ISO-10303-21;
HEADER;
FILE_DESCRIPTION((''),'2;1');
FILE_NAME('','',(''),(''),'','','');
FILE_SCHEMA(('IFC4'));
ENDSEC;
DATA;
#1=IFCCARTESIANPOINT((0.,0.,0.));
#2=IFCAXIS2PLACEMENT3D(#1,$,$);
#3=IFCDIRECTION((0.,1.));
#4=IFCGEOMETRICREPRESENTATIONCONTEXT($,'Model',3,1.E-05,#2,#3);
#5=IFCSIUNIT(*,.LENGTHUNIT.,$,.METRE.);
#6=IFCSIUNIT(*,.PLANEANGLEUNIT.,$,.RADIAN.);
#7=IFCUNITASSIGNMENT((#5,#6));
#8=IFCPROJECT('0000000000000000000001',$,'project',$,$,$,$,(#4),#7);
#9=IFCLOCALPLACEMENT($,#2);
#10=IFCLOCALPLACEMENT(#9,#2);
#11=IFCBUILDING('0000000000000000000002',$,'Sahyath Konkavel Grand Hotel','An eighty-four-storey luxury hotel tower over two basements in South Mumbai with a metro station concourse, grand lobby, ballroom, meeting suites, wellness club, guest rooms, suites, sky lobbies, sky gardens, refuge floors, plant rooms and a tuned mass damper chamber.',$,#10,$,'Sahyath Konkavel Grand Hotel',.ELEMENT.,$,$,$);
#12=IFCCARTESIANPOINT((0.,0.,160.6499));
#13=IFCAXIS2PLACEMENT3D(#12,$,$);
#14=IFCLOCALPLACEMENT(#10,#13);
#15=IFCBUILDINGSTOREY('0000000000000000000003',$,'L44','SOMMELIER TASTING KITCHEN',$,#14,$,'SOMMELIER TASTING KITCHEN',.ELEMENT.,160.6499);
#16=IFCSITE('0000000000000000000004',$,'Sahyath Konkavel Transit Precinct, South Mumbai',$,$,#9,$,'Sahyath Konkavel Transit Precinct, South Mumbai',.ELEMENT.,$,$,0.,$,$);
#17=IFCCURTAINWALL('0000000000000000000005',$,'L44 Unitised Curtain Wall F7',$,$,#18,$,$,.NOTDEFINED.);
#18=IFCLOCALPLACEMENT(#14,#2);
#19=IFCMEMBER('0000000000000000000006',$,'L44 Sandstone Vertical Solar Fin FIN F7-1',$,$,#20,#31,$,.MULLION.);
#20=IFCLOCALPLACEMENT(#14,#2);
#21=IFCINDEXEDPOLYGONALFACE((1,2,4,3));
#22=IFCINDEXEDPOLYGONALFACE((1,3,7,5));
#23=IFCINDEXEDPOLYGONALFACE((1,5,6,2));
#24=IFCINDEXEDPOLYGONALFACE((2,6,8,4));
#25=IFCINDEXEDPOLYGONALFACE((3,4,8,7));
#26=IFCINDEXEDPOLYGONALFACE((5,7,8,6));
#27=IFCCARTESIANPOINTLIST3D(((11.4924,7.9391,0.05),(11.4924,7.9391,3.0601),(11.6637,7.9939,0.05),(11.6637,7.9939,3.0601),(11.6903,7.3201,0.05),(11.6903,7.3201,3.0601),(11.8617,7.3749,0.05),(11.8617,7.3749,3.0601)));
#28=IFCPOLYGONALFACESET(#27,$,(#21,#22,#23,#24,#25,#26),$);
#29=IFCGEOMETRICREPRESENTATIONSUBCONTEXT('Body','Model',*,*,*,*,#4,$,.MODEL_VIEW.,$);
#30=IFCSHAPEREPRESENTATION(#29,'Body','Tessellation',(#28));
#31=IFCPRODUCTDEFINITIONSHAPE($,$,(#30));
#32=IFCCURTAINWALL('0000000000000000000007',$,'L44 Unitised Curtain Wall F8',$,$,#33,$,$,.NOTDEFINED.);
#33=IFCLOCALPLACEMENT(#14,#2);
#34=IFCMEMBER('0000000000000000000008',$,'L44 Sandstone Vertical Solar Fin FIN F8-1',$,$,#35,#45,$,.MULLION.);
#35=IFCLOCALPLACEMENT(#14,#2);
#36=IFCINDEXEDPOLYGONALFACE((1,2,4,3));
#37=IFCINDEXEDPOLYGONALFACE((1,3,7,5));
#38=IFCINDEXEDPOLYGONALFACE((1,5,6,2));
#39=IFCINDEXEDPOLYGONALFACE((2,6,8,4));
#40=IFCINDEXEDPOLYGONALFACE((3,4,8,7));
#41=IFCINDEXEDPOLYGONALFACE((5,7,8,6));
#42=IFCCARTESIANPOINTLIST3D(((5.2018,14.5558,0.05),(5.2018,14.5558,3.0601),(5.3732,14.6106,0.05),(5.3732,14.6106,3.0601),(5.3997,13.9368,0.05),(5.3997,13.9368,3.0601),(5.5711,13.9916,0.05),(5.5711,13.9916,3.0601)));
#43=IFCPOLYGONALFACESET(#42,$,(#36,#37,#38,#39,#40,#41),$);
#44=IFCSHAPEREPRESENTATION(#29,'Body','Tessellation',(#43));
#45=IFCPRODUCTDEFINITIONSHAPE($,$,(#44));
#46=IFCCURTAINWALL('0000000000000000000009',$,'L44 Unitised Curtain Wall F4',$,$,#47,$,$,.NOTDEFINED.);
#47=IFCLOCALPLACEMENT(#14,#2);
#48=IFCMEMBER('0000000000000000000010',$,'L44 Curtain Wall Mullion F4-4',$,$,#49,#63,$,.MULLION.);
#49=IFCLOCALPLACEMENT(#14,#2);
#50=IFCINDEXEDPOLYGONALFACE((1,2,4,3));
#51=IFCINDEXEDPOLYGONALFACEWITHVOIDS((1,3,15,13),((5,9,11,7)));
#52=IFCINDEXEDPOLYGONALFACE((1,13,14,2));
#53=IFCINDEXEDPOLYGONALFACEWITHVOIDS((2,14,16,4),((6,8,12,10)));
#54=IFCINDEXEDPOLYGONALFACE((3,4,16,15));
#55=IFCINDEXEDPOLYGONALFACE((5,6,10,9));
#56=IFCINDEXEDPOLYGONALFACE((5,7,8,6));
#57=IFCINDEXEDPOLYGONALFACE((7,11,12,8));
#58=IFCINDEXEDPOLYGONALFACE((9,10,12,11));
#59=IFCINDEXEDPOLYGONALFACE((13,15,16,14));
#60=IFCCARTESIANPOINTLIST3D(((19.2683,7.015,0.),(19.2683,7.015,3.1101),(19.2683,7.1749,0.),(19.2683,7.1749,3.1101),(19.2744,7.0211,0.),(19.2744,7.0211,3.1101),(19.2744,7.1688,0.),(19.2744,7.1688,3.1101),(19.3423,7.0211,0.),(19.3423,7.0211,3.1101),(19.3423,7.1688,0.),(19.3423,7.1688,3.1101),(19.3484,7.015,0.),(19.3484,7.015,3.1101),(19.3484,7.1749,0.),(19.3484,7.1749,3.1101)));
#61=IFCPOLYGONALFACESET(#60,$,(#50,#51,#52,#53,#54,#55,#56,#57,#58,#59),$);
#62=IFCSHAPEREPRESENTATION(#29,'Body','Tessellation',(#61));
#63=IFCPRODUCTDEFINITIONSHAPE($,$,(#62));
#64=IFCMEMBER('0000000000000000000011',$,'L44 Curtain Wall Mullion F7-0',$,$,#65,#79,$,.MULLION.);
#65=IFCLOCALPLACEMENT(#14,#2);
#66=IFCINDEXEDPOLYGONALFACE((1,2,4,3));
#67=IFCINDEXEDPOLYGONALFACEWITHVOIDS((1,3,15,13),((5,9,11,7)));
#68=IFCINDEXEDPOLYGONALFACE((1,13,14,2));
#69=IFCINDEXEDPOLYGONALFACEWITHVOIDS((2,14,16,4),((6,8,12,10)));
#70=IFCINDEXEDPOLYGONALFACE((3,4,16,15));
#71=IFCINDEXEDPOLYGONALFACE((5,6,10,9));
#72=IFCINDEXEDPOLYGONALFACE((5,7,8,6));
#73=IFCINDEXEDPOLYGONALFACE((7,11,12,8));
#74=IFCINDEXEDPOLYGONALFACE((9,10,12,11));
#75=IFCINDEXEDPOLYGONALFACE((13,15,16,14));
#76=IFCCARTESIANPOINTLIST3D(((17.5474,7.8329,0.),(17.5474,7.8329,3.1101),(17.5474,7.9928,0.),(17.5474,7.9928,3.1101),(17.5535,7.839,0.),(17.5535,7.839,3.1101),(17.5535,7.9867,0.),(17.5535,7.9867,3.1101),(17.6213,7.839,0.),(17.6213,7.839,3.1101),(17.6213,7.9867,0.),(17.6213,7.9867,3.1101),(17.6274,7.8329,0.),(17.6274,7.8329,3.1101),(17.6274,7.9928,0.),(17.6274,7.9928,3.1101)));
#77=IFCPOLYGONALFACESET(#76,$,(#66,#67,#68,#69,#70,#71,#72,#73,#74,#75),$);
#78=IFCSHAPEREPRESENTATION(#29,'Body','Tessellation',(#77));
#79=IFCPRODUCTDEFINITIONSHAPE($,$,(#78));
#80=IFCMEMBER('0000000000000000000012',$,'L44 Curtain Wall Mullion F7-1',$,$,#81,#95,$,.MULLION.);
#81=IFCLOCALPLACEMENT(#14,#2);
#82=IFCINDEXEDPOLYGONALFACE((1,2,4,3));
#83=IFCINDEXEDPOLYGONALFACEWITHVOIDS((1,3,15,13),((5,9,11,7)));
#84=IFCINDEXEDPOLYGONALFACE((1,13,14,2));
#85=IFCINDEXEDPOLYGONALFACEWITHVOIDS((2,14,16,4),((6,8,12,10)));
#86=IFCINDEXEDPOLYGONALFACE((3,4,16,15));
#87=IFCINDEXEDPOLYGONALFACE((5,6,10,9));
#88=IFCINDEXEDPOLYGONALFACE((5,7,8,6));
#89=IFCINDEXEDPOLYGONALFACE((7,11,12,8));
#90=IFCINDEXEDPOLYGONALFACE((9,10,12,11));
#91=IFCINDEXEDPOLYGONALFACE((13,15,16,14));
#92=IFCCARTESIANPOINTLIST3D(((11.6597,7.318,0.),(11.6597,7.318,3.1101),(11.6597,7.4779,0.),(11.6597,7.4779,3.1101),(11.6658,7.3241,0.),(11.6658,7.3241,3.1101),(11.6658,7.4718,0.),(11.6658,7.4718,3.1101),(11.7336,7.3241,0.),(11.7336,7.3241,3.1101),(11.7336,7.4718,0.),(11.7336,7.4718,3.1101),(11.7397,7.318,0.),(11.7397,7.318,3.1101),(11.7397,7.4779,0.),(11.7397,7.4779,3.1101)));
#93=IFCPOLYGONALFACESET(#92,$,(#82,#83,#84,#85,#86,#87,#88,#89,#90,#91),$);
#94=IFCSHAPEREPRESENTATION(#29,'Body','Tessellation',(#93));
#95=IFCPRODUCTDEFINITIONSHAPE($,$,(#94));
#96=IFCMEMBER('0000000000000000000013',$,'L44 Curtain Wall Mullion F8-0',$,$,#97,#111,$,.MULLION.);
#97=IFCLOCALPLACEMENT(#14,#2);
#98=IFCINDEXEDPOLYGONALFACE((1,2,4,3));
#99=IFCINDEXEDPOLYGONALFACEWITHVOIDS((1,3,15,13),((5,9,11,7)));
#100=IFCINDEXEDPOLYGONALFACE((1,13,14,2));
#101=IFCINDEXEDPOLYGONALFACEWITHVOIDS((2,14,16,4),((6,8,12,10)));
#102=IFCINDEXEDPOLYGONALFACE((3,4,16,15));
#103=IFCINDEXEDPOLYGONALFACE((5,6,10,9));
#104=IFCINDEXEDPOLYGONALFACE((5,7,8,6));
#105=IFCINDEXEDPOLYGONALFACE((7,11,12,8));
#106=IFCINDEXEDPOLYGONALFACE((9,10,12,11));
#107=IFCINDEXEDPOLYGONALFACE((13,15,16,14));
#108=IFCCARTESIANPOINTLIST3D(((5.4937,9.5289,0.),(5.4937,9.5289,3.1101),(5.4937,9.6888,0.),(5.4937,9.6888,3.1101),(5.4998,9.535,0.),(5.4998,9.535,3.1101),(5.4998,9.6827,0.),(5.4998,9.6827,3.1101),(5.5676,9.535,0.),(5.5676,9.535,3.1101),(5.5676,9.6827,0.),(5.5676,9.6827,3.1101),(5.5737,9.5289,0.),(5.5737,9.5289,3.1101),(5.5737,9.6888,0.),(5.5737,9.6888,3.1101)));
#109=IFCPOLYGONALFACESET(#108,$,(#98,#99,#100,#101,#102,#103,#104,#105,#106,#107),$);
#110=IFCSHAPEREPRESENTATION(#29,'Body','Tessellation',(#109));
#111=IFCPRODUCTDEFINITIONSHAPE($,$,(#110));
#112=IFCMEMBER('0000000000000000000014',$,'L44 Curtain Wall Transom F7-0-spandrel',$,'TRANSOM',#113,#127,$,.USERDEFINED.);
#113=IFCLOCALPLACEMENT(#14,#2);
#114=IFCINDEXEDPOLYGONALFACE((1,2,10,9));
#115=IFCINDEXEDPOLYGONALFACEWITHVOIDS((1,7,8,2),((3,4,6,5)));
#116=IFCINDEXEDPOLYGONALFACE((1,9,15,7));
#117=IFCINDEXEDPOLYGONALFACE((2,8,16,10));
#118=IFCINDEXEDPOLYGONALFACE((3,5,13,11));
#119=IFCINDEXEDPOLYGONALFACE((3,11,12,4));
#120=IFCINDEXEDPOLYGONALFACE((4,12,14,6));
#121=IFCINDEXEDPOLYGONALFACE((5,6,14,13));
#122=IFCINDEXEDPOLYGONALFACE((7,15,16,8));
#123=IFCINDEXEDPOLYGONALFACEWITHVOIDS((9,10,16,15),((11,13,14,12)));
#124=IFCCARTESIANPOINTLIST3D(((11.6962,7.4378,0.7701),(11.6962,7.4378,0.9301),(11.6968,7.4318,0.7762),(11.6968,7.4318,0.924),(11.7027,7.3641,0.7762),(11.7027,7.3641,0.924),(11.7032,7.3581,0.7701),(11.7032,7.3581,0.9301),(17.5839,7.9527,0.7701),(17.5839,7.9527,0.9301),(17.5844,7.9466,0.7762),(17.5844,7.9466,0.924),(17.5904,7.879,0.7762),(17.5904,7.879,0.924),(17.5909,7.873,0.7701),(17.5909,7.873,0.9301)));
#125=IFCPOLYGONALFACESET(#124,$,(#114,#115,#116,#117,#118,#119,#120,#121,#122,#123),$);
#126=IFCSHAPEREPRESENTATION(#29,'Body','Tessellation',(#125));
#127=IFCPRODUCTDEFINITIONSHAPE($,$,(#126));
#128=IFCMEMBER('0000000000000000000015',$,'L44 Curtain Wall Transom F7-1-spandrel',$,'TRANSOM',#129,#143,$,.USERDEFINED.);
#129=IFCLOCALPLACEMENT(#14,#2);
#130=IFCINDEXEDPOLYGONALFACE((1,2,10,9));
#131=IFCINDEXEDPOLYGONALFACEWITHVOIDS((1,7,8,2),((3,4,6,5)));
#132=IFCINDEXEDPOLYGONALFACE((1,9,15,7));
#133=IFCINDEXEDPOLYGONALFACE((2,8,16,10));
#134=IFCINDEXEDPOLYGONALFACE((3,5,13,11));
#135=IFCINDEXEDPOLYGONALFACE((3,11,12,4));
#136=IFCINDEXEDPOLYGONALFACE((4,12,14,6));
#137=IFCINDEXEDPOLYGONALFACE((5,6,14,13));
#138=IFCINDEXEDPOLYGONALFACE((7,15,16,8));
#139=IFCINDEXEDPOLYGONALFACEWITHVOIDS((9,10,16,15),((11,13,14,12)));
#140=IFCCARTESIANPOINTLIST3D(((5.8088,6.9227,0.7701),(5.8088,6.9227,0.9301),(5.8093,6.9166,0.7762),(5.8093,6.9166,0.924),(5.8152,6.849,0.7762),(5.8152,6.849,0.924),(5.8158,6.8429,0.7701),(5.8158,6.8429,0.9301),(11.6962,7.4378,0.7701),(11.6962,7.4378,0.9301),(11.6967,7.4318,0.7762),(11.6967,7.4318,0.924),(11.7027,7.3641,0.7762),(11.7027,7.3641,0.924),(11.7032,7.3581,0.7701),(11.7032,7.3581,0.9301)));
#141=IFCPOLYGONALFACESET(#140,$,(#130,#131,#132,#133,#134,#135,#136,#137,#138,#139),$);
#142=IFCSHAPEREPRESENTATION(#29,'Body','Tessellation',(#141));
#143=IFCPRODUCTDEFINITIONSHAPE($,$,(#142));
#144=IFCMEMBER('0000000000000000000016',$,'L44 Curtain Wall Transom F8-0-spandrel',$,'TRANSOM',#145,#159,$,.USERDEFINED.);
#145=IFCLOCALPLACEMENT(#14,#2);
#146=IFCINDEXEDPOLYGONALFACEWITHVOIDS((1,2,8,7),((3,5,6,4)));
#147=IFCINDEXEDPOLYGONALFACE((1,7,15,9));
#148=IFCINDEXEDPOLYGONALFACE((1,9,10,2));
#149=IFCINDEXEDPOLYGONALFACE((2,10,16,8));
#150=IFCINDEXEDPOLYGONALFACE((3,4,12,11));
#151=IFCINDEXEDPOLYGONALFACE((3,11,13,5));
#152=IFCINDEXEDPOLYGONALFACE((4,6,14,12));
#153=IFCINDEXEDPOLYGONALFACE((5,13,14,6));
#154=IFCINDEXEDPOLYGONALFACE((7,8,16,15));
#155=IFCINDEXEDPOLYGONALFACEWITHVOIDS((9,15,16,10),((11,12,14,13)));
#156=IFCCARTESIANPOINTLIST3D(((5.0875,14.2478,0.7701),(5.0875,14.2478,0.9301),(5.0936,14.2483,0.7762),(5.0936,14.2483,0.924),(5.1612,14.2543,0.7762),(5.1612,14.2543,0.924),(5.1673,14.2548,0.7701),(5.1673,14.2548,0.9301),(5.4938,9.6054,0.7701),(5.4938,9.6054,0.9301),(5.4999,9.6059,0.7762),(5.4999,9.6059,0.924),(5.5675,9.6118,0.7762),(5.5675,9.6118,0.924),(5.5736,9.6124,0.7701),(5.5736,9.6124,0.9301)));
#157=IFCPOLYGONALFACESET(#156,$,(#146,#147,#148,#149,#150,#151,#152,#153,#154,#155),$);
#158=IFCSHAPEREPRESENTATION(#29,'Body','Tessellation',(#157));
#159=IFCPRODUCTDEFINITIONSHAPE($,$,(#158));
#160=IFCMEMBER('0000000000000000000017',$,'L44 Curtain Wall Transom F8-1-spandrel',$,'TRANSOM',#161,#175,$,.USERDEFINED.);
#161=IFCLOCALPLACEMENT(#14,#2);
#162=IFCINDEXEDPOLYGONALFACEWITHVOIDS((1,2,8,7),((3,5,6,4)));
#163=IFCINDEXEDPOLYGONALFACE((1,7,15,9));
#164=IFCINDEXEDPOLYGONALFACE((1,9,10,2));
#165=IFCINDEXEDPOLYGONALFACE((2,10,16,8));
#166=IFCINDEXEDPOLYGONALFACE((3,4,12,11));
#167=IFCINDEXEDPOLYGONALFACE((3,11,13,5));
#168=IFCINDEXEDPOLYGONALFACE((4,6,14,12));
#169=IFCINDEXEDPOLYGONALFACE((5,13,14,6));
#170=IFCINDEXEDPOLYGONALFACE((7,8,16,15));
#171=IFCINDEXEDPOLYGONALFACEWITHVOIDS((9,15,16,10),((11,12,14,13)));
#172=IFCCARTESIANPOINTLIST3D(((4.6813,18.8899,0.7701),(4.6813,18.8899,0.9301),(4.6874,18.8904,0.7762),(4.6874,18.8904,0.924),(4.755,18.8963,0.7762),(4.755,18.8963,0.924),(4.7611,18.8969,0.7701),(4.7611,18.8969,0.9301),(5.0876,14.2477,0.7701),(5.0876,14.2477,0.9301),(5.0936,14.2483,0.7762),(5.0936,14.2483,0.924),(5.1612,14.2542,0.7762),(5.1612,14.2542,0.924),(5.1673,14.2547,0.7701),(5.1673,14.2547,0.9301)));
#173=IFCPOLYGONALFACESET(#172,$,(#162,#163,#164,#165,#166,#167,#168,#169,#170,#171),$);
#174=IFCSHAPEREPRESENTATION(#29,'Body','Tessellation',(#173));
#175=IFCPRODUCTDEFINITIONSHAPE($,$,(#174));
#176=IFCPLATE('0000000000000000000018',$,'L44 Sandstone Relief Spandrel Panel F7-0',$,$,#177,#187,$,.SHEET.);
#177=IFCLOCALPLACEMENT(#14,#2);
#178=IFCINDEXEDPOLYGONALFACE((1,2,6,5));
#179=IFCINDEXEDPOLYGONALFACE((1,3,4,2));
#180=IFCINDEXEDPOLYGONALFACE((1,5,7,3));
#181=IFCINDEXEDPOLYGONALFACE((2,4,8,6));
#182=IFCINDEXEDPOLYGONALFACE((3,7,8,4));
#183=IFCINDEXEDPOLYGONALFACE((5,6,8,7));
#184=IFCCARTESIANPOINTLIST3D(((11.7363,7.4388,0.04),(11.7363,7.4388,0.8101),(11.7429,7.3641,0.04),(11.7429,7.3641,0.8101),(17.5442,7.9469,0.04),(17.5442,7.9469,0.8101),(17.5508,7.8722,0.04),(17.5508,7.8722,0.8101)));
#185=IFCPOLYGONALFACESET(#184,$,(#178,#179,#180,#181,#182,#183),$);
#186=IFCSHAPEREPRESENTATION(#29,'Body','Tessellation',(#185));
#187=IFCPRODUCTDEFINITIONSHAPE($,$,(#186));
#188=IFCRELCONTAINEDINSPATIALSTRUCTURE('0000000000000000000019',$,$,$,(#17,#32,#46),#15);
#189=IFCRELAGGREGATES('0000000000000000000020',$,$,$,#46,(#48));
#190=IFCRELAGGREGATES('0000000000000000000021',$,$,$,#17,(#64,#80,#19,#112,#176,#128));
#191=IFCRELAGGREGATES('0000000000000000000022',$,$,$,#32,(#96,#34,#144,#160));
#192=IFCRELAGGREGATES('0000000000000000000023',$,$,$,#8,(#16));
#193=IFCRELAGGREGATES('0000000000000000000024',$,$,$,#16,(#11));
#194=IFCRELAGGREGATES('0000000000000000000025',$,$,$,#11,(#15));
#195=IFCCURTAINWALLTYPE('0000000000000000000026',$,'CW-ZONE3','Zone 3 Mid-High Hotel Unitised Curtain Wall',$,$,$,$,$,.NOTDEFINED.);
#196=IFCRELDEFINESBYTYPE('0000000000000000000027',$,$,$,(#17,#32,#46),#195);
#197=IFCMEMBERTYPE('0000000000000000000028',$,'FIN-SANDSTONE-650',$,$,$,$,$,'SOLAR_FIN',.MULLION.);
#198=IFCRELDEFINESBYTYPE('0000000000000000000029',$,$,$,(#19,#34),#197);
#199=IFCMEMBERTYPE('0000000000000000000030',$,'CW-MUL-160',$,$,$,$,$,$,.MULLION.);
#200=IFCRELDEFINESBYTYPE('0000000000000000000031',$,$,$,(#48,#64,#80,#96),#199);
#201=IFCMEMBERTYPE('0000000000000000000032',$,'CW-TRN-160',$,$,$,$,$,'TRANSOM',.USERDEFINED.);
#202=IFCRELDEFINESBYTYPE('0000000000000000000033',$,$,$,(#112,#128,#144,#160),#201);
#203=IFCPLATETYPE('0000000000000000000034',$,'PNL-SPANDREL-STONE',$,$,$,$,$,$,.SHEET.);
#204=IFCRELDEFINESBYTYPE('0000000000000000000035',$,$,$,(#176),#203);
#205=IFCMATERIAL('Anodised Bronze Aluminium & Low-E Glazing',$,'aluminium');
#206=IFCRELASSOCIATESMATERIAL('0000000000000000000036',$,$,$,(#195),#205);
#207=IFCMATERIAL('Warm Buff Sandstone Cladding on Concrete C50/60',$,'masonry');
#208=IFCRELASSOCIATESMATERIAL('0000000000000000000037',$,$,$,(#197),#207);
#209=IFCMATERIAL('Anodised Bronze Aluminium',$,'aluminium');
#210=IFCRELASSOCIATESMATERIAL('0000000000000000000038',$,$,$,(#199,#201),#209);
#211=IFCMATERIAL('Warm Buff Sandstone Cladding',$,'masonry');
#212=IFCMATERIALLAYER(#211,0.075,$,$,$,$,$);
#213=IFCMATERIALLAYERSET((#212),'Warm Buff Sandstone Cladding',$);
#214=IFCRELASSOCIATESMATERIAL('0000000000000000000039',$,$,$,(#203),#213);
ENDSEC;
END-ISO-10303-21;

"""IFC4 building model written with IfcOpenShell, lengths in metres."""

from ifc_helpers import new_model, si_unit, direction, frame, origin, origin_2d, place, context, subcontext, project, spatial, rectangle, hollow_rectangle, extrude, source, transform, mapped, material, layer, layer_set, material_profile, profile_set, type_object, element, aggregate, save


model = new_model("IFC4")

# Units and contexts
model_context = context("Model", 3, precision=1e-05, world=origin(), true_north=direction((0.0, 1.0)))
body_context = subcontext(model_context, "Body", "Model", "MODEL_VIEW")
ifc_project = project(units=[si_unit("LENGTHUNIT", "METRE"), si_unit("PLANEANGLEUNIT", "RADIAN")], contexts=[model_context])

# Site, building, storey
site_placement = place(None, origin())
site = spatial("IfcSite", under=ifc_project, at=site_placement, Name="Sahyath Konkavel Transit Precinct, South Mumbai", LongName="Sahyath Konkavel Transit Precinct, South Mumbai", CompositionType="ELEMENT", RefElevation=0.0)
building_placement = place(site_placement, origin())
building = spatial("IfcBuilding", under=site, at=building_placement, Name="Sahyath Konkavel Grand Hotel", Description="An eighty-four-storey luxury hotel tower over two basements in South Mumbai with a metro station concourse, grand lobby, ballroom, meeting suites, wellness club, guest rooms, suites, sky lobbies, sky gardens, refuge floors, plant rooms and a tuned mass damper chamber.", LongName="Sahyath Konkavel Grand Hotel", CompositionType="ELEMENT")
storey_placement = place(building_placement, frame((0.0, 0.0, 160.6499)))
storey = spatial("IfcBuildingStorey", under=building, at=storey_placement, Name="L44", Description="SOMMELIER TASTING KITCHEN", LongName="SOMMELIER TASTING KITCHEN", CompositionType="ELEMENT", Elevation=160.6499)

# Curtain walls, members
ifc_material_1 = material(Name="Anodised Bronze Aluminium & Low-E Glazing", Category="aluminium")
curtain_wall_type = type_object("IfcCurtainWallType", Name="CW-ZONE3", Description="Zone 3 Mid-High Hotel Unitised Curtain Wall", PredefinedType="NOTDEFINED", material=ifc_material_1)
curtain_wall_1_placement = place(storey_placement, origin())
curtain_wall_1 = element("IfcCurtainWall", 1, at=curtain_wall_1_placement, inside=storey, type_object=curtain_wall_type, Name="L44 Unitised Curtain Wall F7", PredefinedType="NOTDEFINED")
ifc_material_2 = material(Name="Warm Buff Sandstone Cladding on Concrete C50/60", Category="masonry")
ifc_material_profile_1 = material_profile(ifc_material_2, rectangle(XDim=0.1799, YDim=0.6499, at=origin_2d()), Name="FIN 180x650")
ifc_profile_set_1 = profile_set([ifc_material_profile_1], Name="Warm Buff Sandstone Cladding on Concrete C50/60")
member_type_1 = type_object("IfcMemberType", Name="FIN-SANDSTONE-650", ElementType="SOLAR_FIN", PredefinedType="MULLION", material=ifc_profile_set_1)
shared_shape_1 = source(origin(), body_context, "Body", "SweptSolid", [
    extrude(rectangle(XDim=0.1799, YDim=0.6499, at=origin_2d()), origin(), (0.0, 0.0, 1.0), 3.01),
])
member_1_placement = place(storey_placement, frame((11.677, 7.657, 0.05), z_axis=(0.0, 0.0, 1.0), x_axis=(0.952502, 0.304532, 0.0)))
member_1 = element("IfcMember", 2, at=member_1_placement, type_object=member_type_1, Name="L44 Sandstone Vertical Solar Fin FIN F7-1", PredefinedType="MULLION", context=body_context, shape_type="MappedRepresentation", body=[
    mapped(shared_shape_1, transform((0.0, 0.0, 0.0), scale=1.0)),
])
curtain_wall_2_placement = place(storey_placement, origin())
curtain_wall_2 = element("IfcCurtainWall", 3, at=curtain_wall_2_placement, inside=storey, type_object=curtain_wall_type, Name="L44 Unitised Curtain Wall F8", PredefinedType="NOTDEFINED")
member_2_placement = place(storey_placement, frame((5.3865, 14.2737, 0.05), z_axis=(0.0, 0.0, 1.0), x_axis=(0.952502, 0.304532, 0.0)))
member_2 = element("IfcMember", 4, at=member_2_placement, type_object=member_type_1, Name="L44 Sandstone Vertical Solar Fin FIN F8-1", PredefinedType="MULLION", context=body_context, shape_type="MappedRepresentation", body=[
    mapped(shared_shape_1, transform((0.0, 0.0, 0.0), scale=1.0)),
])
curtain_wall_3_placement = place(storey_placement, origin())
curtain_wall_3 = element("IfcCurtainWall", 5, at=curtain_wall_3_placement, inside=storey, type_object=curtain_wall_type, Name="L44 Unitised Curtain Wall F4", PredefinedType="NOTDEFINED")
ifc_material_3 = material(Name="Anodised Bronze Aluminium", Category="aluminium")
ifc_material_profile_2 = material_profile(ifc_material_3, hollow_rectangle(XDim=0.0801, YDim=0.1599, WallThickness=0.0061, at=origin_2d()), Name="RHS 160x80x6")
ifc_profile_set_2 = profile_set([ifc_material_profile_2], Name="Anodised Bronze Aluminium")
member_type_2 = type_object("IfcMemberType", Name="CW-MUL-160", PredefinedType="MULLION", material=ifc_profile_set_2)
shared_shape_2 = source(origin(), body_context, "Body", "SweptSolid", [
    extrude(hollow_rectangle(XDim=0.0801, YDim=0.1599, WallThickness=0.0061, at=origin_2d()), origin(), (0.0, 0.0, 1.0), 3.1101),
])
member_3_placement = place(storey_placement, frame((19.3083, 7.095, 0.0), z_axis=(0.0, 0.0, 1.0), x_axis=(1.0, 0.0, 0.0)))
member_3 = element("IfcMember", 6, at=member_3_placement, type_object=member_type_2, Name="L44 Curtain Wall Mullion F4-4", PredefinedType="MULLION", context=body_context, shape_type="MappedRepresentation", body=[
    mapped(shared_shape_2, transform((0.0, 0.0, 0.0), scale=1.0)),
])
aggregate(curtain_wall_3, [member_3])

# Members
member_4_placement = place(storey_placement, frame((17.5874, 7.9128, 0.0), z_axis=(0.0, 0.0, 1.0), x_axis=(1.0, 0.0, 0.0)))
member_4 = element("IfcMember", 7, at=member_4_placement, type_object=member_type_2, Name="L44 Curtain Wall Mullion F7-0", PredefinedType="MULLION", context=body_context, shape_type="MappedRepresentation", body=[
    mapped(shared_shape_2, transform((0.0, 0.0, 0.0), scale=1.0)),
])
member_5_placement = place(storey_placement, frame((11.6997, 7.3979, 0.0), z_axis=(0.0, 0.0, 1.0), x_axis=(1.0, 0.0, 0.0)))
member_5 = element("IfcMember", 8, at=member_5_placement, type_object=member_type_2, Name="L44 Curtain Wall Mullion F7-1", PredefinedType="MULLION", context=body_context, shape_type="MappedRepresentation", body=[
    mapped(shared_shape_2, transform((0.0, 0.0, 0.0), scale=1.0)),
])
member_6_placement = place(storey_placement, frame((5.5337, 9.6089, 0.0), z_axis=(0.0, 0.0, 1.0), x_axis=(1.0, 0.0, 0.0)))
member_6 = element("IfcMember", 9, at=member_6_placement, type_object=member_type_2, Name="L44 Curtain Wall Mullion F8-0", PredefinedType="MULLION", context=body_context, shape_type="MappedRepresentation", body=[
    mapped(shared_shape_2, transform((0.0, 0.0, 0.0), scale=1.0)),
])
ifc_material_profile_3 = material_profile(ifc_material_3, hollow_rectangle(XDim=0.0801, YDim=0.1599, WallThickness=0.0061, at=origin_2d()), Name="RHS 160x80x6")
ifc_profile_set_3 = profile_set([ifc_material_profile_3], Name="Anodised Bronze Aluminium")
member_type_3 = type_object("IfcMemberType", Name="CW-TRN-160", ElementType="TRANSOM", PredefinedType="USERDEFINED", material=ifc_profile_set_3)
shared_shape_3 = source(origin(), body_context, "Body", "SweptSolid", [
    extrude(hollow_rectangle(XDim=0.0801, YDim=0.1599, WallThickness=0.0061, at=origin_2d()), origin(), (0.0, 0.0, 1.0), 5.9102),
])
member_7_placement = place(storey_placement, frame((17.5874, 7.9128, 0.8501), z_axis=(-0.996198, -0.08712, 0.0), x_axis=(0.08712, -0.996198, 0.0)))
member_7 = element("IfcMember", 10, at=member_7_placement, type_object=member_type_3, Name="L44 Curtain Wall Transom F7-0-spandrel", ObjectType="TRANSOM", PredefinedType="USERDEFINED", context=body_context, shape_type="MappedRepresentation", body=[
    mapped(shared_shape_3, transform((0.0, 0.0, 0.0), scale=1.0)),
])
shared_shape_4 = source(origin(), body_context, "Body", "SweptSolid", [
    extrude(hollow_rectangle(XDim=0.0801, YDim=0.1599, WallThickness=0.0061, at=origin_2d()), origin(), (0.0, 0.0, 1.0), 5.9099),
])
member_8_placement = place(storey_placement, frame((11.6997, 7.3979, 0.8501), z_axis=(-0.996194, -0.087164, 0.0), x_axis=(0.087164, -0.996194, 0.0)))
member_8 = element("IfcMember", 11, at=member_8_placement, type_object=member_type_3, Name="L44 Curtain Wall Transom F7-1-spandrel", ObjectType="TRANSOM", PredefinedType="USERDEFINED", context=body_context, shape_type="MappedRepresentation", body=[
    mapped(shared_shape_4, transform((0.0, 0.0, 0.0), scale=1.0)),
])
shared_shape_5 = source(origin(), body_context, "Body", "SweptSolid", [
    extrude(hollow_rectangle(XDim=0.0801, YDim=0.1599, WallThickness=0.0061, at=origin_2d()), origin(), (0.0, 0.0, 1.0), 4.6602),
])
member_9_placement = place(storey_placement, frame((5.5337, 9.6089, 0.8501), z_axis=(-0.087177, 0.996193, 0.0), x_axis=(-0.996193, -0.087177, 0.0)))
member_9 = element("IfcMember", 12, at=member_9_placement, type_object=member_type_3, Name="L44 Curtain Wall Transom F8-0-spandrel", ObjectType="TRANSOM", PredefinedType="USERDEFINED", context=body_context, shape_type="MappedRepresentation", body=[
    mapped(shared_shape_5, transform((0.0, 0.0, 0.0), scale=1.0)),
])
shared_shape_6 = source(origin(), body_context, "Body", "SweptSolid", [
    extrude(hollow_rectangle(XDim=0.0801, YDim=0.1599, WallThickness=0.0061, at=origin_2d()), origin(), (0.0, 0.0, 1.0), 4.6599),
])
member_10_placement = place(storey_placement, frame((5.1274, 14.2512, 0.8501), z_axis=(-0.087181, 0.996192, 0.0), x_axis=(-0.996192, -0.087181, 0.0)))
member_10 = element("IfcMember", 13, at=member_10_placement, type_object=member_type_3, Name="L44 Curtain Wall Transom F8-1-spandrel", ObjectType="TRANSOM", PredefinedType="USERDEFINED", context=body_context, shape_type="MappedRepresentation", body=[
    mapped(shared_shape_6, transform((0.0, 0.0, 0.0), scale=1.0)),
])

# Plate
ifc_material_4 = material(Name="Warm Buff Sandstone Cladding", Category="masonry")
ifc_layer_1 = layer(ifc_material_4, 0.075)
ifc_layer_set_1 = layer_set([ifc_layer_1], Name="Warm Buff Sandstone Cladding")
plate_type_1 = type_object("IfcPlateType", Name="PNL-SPANDREL-STONE", PredefinedType="SHEET", material=ifc_layer_set_1)
shared_shape_7 = source(origin(), body_context, "Body", "SweptSolid", [
    extrude(rectangle(XDim=5.8301, YDim=0.075, at=origin_2d()), origin(), (0.0, 0.0, 1.0), 0.77),
])
plate_1_placement = place(storey_placement, frame((14.6436, 7.6555, 0.04), z_axis=(0.0, 0.0, 1.0), x_axis=(-0.996195, -0.087156, 0.0)))
plate_1 = element("IfcPlate", 14, at=plate_1_placement, type_object=plate_type_1, Name="L44 Sandstone Relief Spandrel Panel F7-0", PredefinedType="SHEET", context=body_context, shape_type="MappedRepresentation", body=[
    mapped(shared_shape_7, transform((0.0, 0.0, 0.0), scale=1.0)),
])
aggregate(curtain_wall_1, [member_4, member_5, member_1, member_7, plate_1, member_8])
aggregate(curtain_wall_2, [member_6, member_2, member_9, member_10])

save(model, "model.ifc")
